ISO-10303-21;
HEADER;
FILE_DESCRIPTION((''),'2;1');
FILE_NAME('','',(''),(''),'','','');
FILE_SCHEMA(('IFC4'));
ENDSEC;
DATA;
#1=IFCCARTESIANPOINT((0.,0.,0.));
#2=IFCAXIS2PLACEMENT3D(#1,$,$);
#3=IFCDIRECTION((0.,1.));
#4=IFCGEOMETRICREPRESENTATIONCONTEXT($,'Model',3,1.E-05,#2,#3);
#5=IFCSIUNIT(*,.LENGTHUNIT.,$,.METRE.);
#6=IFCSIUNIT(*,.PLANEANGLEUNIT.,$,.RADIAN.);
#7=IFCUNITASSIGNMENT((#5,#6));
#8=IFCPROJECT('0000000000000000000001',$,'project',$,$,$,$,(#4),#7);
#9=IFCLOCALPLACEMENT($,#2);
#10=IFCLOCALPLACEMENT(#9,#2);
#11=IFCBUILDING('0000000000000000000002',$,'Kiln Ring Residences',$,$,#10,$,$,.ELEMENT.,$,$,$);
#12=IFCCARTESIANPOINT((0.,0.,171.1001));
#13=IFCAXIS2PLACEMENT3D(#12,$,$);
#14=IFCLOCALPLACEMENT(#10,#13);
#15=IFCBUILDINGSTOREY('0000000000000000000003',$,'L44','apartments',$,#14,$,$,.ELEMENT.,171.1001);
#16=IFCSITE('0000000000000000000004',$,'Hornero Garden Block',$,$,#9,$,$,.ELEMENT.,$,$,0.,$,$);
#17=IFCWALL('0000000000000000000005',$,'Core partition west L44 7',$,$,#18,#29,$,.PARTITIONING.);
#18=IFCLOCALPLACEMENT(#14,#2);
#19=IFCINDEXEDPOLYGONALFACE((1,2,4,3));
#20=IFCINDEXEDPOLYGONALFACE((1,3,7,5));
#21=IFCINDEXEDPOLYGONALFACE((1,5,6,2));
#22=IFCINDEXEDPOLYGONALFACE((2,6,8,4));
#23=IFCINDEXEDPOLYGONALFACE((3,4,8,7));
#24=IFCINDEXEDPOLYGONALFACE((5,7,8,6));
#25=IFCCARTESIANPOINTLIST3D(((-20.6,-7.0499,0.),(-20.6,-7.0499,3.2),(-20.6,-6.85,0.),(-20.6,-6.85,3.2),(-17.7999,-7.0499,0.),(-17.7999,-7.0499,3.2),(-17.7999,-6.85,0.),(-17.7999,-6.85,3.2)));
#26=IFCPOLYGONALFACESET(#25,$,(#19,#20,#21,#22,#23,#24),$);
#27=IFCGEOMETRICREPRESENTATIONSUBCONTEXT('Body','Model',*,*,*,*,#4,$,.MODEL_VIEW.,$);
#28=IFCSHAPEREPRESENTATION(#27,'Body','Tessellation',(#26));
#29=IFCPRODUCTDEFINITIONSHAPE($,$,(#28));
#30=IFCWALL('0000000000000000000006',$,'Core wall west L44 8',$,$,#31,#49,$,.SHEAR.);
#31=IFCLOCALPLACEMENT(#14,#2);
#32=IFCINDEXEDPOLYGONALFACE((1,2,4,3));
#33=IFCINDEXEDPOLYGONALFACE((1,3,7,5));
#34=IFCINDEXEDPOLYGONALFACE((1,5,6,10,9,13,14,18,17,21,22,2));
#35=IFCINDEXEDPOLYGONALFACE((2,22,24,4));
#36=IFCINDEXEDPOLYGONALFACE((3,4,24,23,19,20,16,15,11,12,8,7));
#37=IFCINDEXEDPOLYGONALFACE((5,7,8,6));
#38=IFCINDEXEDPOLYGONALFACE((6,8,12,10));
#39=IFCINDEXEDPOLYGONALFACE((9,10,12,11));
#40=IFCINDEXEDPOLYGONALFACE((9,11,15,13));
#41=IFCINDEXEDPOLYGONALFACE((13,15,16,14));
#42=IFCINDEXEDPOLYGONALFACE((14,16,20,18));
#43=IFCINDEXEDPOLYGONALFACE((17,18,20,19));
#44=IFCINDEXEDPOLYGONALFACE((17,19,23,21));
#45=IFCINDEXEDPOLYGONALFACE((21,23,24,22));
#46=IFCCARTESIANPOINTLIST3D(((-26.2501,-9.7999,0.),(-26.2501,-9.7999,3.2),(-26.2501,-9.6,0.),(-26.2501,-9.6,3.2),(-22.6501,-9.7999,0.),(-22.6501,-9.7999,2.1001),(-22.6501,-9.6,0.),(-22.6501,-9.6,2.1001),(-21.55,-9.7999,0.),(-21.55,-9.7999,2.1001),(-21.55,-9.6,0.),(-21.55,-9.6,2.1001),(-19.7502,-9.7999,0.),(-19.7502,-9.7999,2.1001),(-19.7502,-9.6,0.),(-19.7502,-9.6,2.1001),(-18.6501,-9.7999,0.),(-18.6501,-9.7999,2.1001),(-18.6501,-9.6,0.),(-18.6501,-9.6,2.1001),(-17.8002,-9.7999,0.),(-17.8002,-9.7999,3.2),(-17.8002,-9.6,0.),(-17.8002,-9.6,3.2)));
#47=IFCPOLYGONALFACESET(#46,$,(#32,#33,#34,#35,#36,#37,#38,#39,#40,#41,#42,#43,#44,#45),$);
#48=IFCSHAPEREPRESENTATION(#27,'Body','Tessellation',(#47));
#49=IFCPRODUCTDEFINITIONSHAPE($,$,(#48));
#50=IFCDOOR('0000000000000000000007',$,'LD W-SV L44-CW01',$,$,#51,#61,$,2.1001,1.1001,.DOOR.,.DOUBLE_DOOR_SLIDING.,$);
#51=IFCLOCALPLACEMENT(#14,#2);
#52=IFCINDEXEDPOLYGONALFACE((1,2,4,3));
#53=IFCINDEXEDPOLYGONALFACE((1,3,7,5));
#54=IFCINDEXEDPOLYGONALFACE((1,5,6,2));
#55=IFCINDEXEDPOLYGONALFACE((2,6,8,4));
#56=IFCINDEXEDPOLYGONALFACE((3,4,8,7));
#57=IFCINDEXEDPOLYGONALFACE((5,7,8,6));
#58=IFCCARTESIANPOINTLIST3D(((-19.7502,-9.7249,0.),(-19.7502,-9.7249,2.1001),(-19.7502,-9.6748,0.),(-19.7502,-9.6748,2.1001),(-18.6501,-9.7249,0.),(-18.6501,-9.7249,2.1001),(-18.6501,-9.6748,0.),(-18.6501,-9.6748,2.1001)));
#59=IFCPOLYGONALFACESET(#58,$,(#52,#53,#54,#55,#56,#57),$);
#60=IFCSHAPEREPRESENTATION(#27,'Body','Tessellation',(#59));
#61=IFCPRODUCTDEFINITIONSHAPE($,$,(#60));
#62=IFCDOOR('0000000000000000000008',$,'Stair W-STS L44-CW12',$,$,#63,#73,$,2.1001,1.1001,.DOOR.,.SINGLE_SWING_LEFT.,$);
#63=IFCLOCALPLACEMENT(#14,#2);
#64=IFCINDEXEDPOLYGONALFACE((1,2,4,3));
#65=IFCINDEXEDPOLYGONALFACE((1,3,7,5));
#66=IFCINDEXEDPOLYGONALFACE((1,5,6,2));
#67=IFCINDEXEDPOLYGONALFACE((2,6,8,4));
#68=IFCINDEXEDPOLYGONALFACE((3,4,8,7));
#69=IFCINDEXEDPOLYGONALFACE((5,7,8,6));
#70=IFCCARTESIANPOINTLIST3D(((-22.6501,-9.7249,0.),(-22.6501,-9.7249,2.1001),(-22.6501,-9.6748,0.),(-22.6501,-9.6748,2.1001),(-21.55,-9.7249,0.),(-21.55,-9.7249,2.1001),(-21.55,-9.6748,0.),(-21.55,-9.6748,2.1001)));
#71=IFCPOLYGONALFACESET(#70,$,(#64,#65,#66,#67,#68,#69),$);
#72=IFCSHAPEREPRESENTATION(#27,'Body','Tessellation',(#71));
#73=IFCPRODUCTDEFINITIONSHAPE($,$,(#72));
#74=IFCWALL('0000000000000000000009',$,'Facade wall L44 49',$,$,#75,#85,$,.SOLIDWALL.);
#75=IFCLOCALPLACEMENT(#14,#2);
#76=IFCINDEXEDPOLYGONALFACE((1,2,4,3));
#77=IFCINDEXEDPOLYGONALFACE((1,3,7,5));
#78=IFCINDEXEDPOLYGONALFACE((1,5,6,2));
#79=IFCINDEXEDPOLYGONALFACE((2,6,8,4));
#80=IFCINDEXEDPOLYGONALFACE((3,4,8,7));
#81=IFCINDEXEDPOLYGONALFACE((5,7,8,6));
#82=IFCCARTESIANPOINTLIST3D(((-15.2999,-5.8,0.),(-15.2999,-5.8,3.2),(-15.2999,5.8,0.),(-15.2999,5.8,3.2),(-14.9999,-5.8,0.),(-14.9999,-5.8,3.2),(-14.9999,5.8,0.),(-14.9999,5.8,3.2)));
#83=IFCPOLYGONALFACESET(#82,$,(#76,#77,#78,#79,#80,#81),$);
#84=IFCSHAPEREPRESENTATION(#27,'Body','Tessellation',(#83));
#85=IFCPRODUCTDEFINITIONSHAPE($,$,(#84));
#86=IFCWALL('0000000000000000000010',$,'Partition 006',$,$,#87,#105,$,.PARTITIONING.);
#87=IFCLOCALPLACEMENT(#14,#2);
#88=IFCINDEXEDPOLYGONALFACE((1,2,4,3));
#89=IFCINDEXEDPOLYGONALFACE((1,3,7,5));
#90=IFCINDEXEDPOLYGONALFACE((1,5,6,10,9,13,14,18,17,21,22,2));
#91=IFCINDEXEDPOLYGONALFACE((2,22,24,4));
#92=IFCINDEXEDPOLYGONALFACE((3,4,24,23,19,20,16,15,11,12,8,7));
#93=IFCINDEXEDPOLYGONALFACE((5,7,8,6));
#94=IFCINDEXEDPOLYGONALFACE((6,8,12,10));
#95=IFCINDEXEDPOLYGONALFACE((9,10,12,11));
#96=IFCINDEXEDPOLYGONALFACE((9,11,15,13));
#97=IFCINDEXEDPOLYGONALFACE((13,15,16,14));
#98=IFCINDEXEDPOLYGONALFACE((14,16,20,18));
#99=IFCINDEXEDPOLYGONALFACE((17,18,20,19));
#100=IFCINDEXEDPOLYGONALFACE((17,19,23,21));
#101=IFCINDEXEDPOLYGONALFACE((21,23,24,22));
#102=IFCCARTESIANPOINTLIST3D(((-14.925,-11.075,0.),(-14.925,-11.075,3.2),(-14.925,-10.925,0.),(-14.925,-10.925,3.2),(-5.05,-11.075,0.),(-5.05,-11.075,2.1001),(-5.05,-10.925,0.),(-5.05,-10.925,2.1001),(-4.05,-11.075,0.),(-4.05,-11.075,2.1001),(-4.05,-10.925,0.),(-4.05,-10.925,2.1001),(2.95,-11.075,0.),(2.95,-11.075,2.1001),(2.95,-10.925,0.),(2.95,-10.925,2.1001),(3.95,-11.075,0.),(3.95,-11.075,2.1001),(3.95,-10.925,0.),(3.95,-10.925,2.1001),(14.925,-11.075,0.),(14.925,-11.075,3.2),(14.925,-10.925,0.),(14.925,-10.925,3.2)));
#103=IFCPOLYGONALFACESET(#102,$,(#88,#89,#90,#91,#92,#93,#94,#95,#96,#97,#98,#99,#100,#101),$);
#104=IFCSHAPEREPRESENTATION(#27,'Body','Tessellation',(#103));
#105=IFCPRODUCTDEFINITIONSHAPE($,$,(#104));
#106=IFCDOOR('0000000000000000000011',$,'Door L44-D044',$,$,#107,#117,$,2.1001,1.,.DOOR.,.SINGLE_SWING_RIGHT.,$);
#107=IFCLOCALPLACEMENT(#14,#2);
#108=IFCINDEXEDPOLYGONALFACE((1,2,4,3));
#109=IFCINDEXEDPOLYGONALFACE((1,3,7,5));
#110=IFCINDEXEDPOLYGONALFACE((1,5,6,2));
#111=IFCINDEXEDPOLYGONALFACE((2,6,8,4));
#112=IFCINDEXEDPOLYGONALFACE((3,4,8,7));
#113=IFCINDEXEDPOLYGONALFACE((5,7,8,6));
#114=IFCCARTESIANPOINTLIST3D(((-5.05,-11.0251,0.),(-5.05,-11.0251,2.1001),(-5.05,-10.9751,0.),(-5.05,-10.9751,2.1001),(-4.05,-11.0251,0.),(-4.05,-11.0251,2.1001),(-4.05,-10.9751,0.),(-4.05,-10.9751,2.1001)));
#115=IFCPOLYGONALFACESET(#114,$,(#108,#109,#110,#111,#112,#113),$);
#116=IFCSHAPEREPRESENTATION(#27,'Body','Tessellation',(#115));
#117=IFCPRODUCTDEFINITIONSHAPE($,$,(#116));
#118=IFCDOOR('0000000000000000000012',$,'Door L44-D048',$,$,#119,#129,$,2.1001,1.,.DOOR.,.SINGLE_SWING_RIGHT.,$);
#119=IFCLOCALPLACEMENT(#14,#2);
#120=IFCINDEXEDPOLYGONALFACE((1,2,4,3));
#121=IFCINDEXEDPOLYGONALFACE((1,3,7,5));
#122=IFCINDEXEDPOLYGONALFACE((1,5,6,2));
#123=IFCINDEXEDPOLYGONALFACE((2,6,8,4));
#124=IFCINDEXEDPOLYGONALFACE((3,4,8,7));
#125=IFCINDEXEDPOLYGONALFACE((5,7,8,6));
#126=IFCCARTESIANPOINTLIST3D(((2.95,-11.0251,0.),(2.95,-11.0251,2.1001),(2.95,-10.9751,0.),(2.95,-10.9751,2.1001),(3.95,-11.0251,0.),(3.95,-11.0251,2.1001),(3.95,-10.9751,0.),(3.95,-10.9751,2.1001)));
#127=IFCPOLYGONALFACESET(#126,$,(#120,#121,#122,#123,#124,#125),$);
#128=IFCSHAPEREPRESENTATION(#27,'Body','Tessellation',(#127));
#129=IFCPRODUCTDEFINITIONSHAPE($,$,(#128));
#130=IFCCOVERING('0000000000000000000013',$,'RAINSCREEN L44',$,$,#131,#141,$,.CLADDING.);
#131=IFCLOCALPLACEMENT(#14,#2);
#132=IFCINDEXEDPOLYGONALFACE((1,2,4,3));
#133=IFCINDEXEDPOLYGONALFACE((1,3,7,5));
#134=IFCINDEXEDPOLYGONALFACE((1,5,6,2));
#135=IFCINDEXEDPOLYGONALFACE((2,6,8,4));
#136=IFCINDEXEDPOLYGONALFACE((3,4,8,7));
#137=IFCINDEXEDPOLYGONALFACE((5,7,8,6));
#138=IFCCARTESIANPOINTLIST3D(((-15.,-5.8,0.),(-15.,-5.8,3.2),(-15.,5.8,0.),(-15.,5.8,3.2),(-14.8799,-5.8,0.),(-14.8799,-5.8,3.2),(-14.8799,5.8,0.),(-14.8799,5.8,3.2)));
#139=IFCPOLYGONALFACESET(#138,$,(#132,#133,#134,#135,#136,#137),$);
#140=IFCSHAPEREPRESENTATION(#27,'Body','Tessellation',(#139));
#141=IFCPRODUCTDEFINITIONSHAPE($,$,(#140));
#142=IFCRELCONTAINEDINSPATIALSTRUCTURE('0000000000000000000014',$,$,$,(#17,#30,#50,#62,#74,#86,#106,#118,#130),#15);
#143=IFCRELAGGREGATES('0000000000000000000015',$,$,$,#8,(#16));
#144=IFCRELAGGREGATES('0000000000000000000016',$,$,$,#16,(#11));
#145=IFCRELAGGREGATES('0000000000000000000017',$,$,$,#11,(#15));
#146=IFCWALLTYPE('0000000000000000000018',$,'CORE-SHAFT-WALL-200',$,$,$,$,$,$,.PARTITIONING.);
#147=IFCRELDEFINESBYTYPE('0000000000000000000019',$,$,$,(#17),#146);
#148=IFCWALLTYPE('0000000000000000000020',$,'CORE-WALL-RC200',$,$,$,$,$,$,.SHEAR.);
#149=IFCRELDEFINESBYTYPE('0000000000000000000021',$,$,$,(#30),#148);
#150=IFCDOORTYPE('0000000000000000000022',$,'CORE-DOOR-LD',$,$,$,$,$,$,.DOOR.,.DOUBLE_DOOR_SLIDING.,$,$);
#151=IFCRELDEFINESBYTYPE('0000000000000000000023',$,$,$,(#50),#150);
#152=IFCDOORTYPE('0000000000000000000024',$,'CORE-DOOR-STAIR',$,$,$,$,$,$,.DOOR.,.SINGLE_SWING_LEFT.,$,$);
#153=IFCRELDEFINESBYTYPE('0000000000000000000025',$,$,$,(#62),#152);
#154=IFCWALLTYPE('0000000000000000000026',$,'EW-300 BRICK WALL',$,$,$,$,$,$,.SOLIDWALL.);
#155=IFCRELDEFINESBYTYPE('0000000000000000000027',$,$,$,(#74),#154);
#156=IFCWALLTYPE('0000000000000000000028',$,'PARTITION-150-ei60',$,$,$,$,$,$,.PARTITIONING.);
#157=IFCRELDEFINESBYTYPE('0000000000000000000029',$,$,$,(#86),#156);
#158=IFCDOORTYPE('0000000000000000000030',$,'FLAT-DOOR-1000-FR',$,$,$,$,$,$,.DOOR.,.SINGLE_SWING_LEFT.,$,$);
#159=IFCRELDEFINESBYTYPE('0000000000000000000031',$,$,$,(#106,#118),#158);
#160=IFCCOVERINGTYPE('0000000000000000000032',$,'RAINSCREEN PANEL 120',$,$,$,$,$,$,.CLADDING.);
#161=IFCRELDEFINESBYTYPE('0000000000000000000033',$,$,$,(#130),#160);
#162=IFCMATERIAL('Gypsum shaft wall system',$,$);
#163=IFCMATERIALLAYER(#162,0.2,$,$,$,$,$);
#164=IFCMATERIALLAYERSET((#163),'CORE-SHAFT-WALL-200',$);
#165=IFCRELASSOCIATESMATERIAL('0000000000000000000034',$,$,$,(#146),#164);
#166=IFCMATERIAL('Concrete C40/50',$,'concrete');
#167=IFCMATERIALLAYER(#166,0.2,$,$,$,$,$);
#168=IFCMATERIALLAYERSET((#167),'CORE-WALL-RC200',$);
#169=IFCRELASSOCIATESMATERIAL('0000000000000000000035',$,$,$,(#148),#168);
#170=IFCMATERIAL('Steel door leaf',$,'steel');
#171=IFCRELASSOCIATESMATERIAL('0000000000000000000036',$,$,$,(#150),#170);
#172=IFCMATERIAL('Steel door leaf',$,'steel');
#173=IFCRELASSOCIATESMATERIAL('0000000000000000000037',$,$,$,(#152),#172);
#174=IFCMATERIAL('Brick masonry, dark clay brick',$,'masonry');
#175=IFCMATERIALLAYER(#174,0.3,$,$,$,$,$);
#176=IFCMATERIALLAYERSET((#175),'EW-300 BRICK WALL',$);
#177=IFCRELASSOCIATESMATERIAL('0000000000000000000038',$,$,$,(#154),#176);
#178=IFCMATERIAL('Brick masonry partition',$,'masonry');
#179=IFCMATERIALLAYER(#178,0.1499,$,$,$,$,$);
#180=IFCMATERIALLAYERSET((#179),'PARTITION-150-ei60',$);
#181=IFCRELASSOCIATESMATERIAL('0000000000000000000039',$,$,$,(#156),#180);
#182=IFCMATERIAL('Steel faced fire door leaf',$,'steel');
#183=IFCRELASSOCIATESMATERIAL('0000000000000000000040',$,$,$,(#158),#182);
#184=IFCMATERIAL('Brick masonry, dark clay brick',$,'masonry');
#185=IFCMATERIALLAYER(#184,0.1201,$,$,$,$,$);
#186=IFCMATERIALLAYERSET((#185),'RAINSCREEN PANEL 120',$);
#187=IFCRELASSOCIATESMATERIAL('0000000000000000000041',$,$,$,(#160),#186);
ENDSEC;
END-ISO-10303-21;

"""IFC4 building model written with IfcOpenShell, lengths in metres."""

from ifc_helpers import new_model, si_unit, direction, frame, frame_2d, origin, place, context, subcontext, project, spatial, polyline, rectangle, outline, extrude, material, layer, layer_set, type_object, element, fill, save


model = new_model("IFC4")

# Units and contexts
model_context = context("Model", 3, precision=1e-05, world=origin(), true_north=direction((0.0, 1.0)))
body_context = subcontext(model_context, "Body", "Model", "MODEL_VIEW")
ifc_project = project(units=[si_unit("LENGTHUNIT", "METRE"), si_unit("PLANEANGLEUNIT", "RADIAN")], contexts=[model_context])

# Site, building, storey
site_placement = place(None, origin())
site = spatial("IfcSite", under=ifc_project, at=site_placement, Name="Hornero Garden Block", CompositionType="ELEMENT", RefElevation=0.0)
building_placement = place(site_placement, origin())
building = spatial("IfcBuilding", under=site, at=building_placement, Name="Kiln Ring Residences", CompositionType="ELEMENT")
storey_placement = place(building_placement, frame((0.0, 0.0, 171.1001)))
storey = spatial("IfcBuildingStorey", under=building, at=storey_placement, Name="L44", Description="apartments", CompositionType="ELEMENT", Elevation=171.1001)

# Wall
ifc_material_1 = material(Name="Gypsum shaft wall system")
ifc_layer_1 = layer(ifc_material_1, 0.2)
ifc_layer_set_1 = layer_set([ifc_layer_1], Name="CORE-SHAFT-WALL-200")
wall_type_1 = type_object("IfcWallType", Name="CORE-SHAFT-WALL-200", PredefinedType="PARTITIONING", material=ifc_layer_set_1)
wall_1_placement = place(storey_placement, frame((-17.8, -6.95, 0.0), z_axis=(0.0, 0.0, 1.0), x_axis=(-1.0, 0.0, 0.0)))
element("IfcWall", 1, at=wall_1_placement, inside=storey, type_object=wall_type_1, Name="Core partition west L44 7", PredefinedType="PARTITIONING", context=body_context, shape_type="SweptSolid", body=[
    extrude(rectangle(XDim=2.8, YDim=0.2, at=frame_2d((1.3999, 0.0))), origin(), (0.0, 0.0, 1.0), 3.2),
])

# Wall, openings, doors
ifc_material_2 = material(Name="Concrete C40/50", Category="concrete")
ifc_layer_2 = layer(ifc_material_2, 0.2)
ifc_layer_set_2 = layer_set([ifc_layer_2], Name="CORE-WALL-RC200")
wall_type_2 = type_object("IfcWallType", Name="CORE-WALL-RC200", PredefinedType="SHEAR", material=ifc_layer_set_2)
wall_2_placement = place(storey_placement, frame((-17.8, -9.7, 0.0), z_axis=(0.0, 0.0, 1.0), x_axis=(-1.0, 0.0, 0.0)))
wall_2 = element("IfcWall", 2, at=wall_2_placement, inside=storey, type_object=wall_type_2, Name="Core wall west L44 8", PredefinedType="SHEAR", context=body_context, shape_type="SweptSolid", body=[
    extrude(rectangle(XDim=8.45, YDim=0.2, at=frame_2d((4.2251, 0.0))), origin(), (0.0, 0.0, 1.0), 3.2),
])
opening_1_placement = place(wall_2_placement, frame((0.8501, 0.0, 0.0)))
opening_1 = element("IfcOpeningElement", 3, at=opening_1_placement, cuts=wall_2, PredefinedType="OPENING", context=body_context, shape_type="SweptSolid", body=[
    extrude(rectangle(XDim=1.1001, YDim=2.1001, at=frame_2d((0.55, 1.05))), frame((0.0, 0.1099, 0.0), z_axis=(0.0, -1.0, 0.0), x_axis=(1.0, 0.0, 0.0)), (0.0, 0.0, 1.0), 0.22),
])
opening_2_placement = place(wall_2_placement, frame((3.75, 0.0, 0.0)))
opening_2 = element("IfcOpeningElement", 4, at=opening_2_placement, cuts=wall_2, PredefinedType="OPENING", context=body_context, shape_type="SweptSolid", body=[
    extrude(rectangle(XDim=1.1001, YDim=2.1001, at=frame_2d((0.55, 1.05))), frame((0.0, 0.1099, 0.0), z_axis=(0.0, -1.0, 0.0), x_axis=(1.0, 0.0, 0.0)), (0.0, 0.0, 1.0), 0.22),
])
ifc_material_3 = material(Name="Steel door leaf", Category="steel")
door_type_1 = type_object("IfcDoorType", Name="CORE-DOOR-LD", OperationType="DOUBLE_DOOR_SLIDING", PredefinedType="DOOR", material=ifc_material_3)
door_1_placement = place(opening_1_placement, origin())
door_1 = element("IfcDoor", 5, at=door_1_placement, inside=storey, type_object=door_type_1, Name="LD W-SV L44-CW01", OperationType="DOUBLE_DOOR_SLIDING", OverallHeight=2.1001, OverallWidth=1.1001, PredefinedType="DOOR", context=body_context, shape_type="SweptSolid", body=[
    extrude(rectangle(XDim=1.1001, YDim=2.1001, at=frame_2d((0.55, 1.05))), frame((0.0, 0.0249, 0.0), z_axis=(0.0, -1.0, 0.0), x_axis=(1.0, 0.0, 0.0)), (0.0, 0.0, 1.0), 0.05),
])
fill(opening_1, door_1)
ifc_material_4 = material(Name="Steel door leaf", Category="steel")
door_type_2 = type_object("IfcDoorType", Name="CORE-DOOR-STAIR", OperationType="SINGLE_SWING_LEFT", PredefinedType="DOOR", material=ifc_material_4)
door_2_placement = place(opening_2_placement, origin())
door_2 = element("IfcDoor", 6, at=door_2_placement, inside=storey, type_object=door_type_2, Name="Stair W-STS L44-CW12", OperationType="SINGLE_SWING_LEFT", OverallHeight=2.1001, OverallWidth=1.1001, PredefinedType="DOOR", context=body_context, shape_type="SweptSolid", body=[
    extrude(rectangle(XDim=1.1001, YDim=2.1001, at=frame_2d((0.55, 1.05))), frame((0.0, 0.0249, 0.0), z_axis=(0.0, -1.0, 0.0), x_axis=(1.0, 0.0, 0.0)), (0.0, 0.0, 1.0), 0.05),
])
fill(opening_2, door_2)

# Wall
ifc_material_5 = material(Name="Brick masonry, dark clay brick", Category="masonry")
ifc_layer_3 = layer(ifc_material_5, 0.3)
ifc_layer_set_3 = layer_set([ifc_layer_3], Name="EW-300 BRICK WALL")
wall_type_3 = type_object("IfcWallType", Name="EW-300 BRICK WALL", PredefinedType="SOLIDWALL", material=ifc_layer_set_3)
wall_3_placement = place(storey_placement, frame((-15.1499, -5.8, 0.0), z_axis=(0.0, 0.0, 1.0), x_axis=(0.0, 1.0, 0.0)))
element("IfcWall", 7, at=wall_3_placement, inside=storey, type_object=wall_type_3, Name="Facade wall L44 49", PredefinedType="SOLIDWALL", context=body_context, shape_type="SweptSolid", body=[
    extrude(rectangle(XDim=11.6001, YDim=0.3, at=frame_2d((5.8, 0.0))), origin(), (0.0, 0.0, 1.0), 3.2),
])

# Wall, openings, doors
ifc_material_6 = material(Name="Brick masonry partition", Category="masonry")
ifc_layer_4 = layer(ifc_material_6, 0.1499)
ifc_layer_set_4 = layer_set([ifc_layer_4], Name="PARTITION-150-ei60")
wall_type_4 = type_object("IfcWallType", Name="PARTITION-150-ei60", PredefinedType="PARTITIONING", material=ifc_layer_set_4)
wall_4_placement = place(storey_placement, frame((-14.925, -11.0, 0.0), z_axis=(0.0, 0.0, 1.0), x_axis=(1.0, 0.0, 0.0)))
wall_4 = element("IfcWall", 8, at=wall_4_placement, inside=storey, type_object=wall_type_4, Name="Partition 006", PredefinedType="PARTITIONING", context=body_context, shape_type="SweptSolid", body=[
    extrude(rectangle(XDim=29.8501, YDim=0.1499, at=frame_2d((14.925, 0.0))), origin(), (0.0, 0.0, 1.0), 3.2),
])
opening_3_placement = place(wall_4_placement, frame((9.875, 0.0, 0.0)))
opening_3 = element("IfcOpeningElement", 9, at=opening_3_placement, cuts=wall_4, PredefinedType="OPENING", context=body_context, shape_type="SweptSolid", body=[
    extrude(rectangle(XDim=1.0, YDim=2.1001, at=frame_2d((0.5, 1.05))), frame((0.0, 0.085, 0.0), z_axis=(0.0, -1.0, 0.0), x_axis=(1.0, 0.0, 0.0)), (0.0, 0.0, 1.0), 0.1699),
])
opening_4_placement = place(wall_4_placement, frame((17.875, 0.0, 0.0)))
opening_4 = element("IfcOpeningElement", 10, at=opening_4_placement, cuts=wall_4, PredefinedType="OPENING", context=body_context, shape_type="SweptSolid", body=[
    extrude(rectangle(XDim=1.0, YDim=2.1001, at=frame_2d((0.5, 1.05))), frame((0.0, 0.085, 0.0), z_axis=(0.0, -1.0, 0.0), x_axis=(1.0, 0.0, 0.0)), (0.0, 0.0, 1.0), 0.1699),
])
ifc_material_7 = material(Name="Steel faced fire door leaf", Category="steel")
door_type_3 = type_object("IfcDoorType", Name="FLAT-DOOR-1000-FR", OperationType="SINGLE_SWING_LEFT", PredefinedType="DOOR", material=ifc_material_7)
door_3_placement = place(opening_3_placement, origin())
door_3 = element("IfcDoor", 11, at=door_3_placement, inside=storey, type_object=door_type_3, Name="Door L44-D044", OperationType="SINGLE_SWING_RIGHT", OverallHeight=2.1001, OverallWidth=1.0, PredefinedType="DOOR", context=body_context, shape_type="SweptSolid", body=[
    extrude(rectangle(XDim=1.0, YDim=2.1001, at=frame_2d((0.5, 1.05))), frame((0.0, 0.0249, 0.0), z_axis=(0.0, -1.0, 0.0), x_axis=(1.0, 0.0, 0.0)), (0.0, 0.0, 1.0), 0.05),
])
fill(opening_3, door_3)
door_4_placement = place(opening_4_placement, origin())
door_4 = element("IfcDoor", 12, at=door_4_placement, inside=storey, type_object=door_type_3, Name="Door L44-D048", OperationType="SINGLE_SWING_RIGHT", OverallHeight=2.1001, OverallWidth=1.0, PredefinedType="DOOR", context=body_context, shape_type="SweptSolid", body=[
    extrude(rectangle(XDim=1.0, YDim=2.1001, at=frame_2d((0.5, 1.05))), frame((0.0, 0.0249, 0.0), z_axis=(0.0, -1.0, 0.0), x_axis=(1.0, 0.0, 0.0)), (0.0, 0.0, 1.0), 0.05),
])
fill(opening_4, door_4)

# Covering
ifc_material_8 = material(Name="Brick masonry, dark clay brick", Category="masonry")
ifc_layer_5 = layer(ifc_material_8, 0.1201)
ifc_layer_set_5 = layer_set([ifc_layer_5], Name="RAINSCREEN PANEL 120")
covering_type = type_object("IfcCoveringType", Name="RAINSCREEN PANEL 120", PredefinedType="CLADDING", material=ifc_layer_set_5)
covering_placement = place(storey_placement, frame((-14.9399, -5.8, 0.0), z_axis=(0.0, 0.0, 1.0), x_axis=(0.0, 1.0, 0.0)))
element("IfcCovering", 13, at=covering_placement, inside=storey, type_object=covering_type, Name="RAINSCREEN L44", PredefinedType="CLADDING", context=body_context, shape_type="SweptSolid", body=[
    extrude(outline(polyline([(0.0, 0.0), (11.6001, 0.0), (11.6001, 3.2), (0.0, 3.2), (0.0, 0.0)])), frame((0.0, 0.0601, 0.0), z_axis=(0.0, -1.0, 0.0), x_axis=(1.0, 0.0, 0.0)), (0.0, 0.0, 1.0), 0.1201),
])

save(model, "model.ifc")
